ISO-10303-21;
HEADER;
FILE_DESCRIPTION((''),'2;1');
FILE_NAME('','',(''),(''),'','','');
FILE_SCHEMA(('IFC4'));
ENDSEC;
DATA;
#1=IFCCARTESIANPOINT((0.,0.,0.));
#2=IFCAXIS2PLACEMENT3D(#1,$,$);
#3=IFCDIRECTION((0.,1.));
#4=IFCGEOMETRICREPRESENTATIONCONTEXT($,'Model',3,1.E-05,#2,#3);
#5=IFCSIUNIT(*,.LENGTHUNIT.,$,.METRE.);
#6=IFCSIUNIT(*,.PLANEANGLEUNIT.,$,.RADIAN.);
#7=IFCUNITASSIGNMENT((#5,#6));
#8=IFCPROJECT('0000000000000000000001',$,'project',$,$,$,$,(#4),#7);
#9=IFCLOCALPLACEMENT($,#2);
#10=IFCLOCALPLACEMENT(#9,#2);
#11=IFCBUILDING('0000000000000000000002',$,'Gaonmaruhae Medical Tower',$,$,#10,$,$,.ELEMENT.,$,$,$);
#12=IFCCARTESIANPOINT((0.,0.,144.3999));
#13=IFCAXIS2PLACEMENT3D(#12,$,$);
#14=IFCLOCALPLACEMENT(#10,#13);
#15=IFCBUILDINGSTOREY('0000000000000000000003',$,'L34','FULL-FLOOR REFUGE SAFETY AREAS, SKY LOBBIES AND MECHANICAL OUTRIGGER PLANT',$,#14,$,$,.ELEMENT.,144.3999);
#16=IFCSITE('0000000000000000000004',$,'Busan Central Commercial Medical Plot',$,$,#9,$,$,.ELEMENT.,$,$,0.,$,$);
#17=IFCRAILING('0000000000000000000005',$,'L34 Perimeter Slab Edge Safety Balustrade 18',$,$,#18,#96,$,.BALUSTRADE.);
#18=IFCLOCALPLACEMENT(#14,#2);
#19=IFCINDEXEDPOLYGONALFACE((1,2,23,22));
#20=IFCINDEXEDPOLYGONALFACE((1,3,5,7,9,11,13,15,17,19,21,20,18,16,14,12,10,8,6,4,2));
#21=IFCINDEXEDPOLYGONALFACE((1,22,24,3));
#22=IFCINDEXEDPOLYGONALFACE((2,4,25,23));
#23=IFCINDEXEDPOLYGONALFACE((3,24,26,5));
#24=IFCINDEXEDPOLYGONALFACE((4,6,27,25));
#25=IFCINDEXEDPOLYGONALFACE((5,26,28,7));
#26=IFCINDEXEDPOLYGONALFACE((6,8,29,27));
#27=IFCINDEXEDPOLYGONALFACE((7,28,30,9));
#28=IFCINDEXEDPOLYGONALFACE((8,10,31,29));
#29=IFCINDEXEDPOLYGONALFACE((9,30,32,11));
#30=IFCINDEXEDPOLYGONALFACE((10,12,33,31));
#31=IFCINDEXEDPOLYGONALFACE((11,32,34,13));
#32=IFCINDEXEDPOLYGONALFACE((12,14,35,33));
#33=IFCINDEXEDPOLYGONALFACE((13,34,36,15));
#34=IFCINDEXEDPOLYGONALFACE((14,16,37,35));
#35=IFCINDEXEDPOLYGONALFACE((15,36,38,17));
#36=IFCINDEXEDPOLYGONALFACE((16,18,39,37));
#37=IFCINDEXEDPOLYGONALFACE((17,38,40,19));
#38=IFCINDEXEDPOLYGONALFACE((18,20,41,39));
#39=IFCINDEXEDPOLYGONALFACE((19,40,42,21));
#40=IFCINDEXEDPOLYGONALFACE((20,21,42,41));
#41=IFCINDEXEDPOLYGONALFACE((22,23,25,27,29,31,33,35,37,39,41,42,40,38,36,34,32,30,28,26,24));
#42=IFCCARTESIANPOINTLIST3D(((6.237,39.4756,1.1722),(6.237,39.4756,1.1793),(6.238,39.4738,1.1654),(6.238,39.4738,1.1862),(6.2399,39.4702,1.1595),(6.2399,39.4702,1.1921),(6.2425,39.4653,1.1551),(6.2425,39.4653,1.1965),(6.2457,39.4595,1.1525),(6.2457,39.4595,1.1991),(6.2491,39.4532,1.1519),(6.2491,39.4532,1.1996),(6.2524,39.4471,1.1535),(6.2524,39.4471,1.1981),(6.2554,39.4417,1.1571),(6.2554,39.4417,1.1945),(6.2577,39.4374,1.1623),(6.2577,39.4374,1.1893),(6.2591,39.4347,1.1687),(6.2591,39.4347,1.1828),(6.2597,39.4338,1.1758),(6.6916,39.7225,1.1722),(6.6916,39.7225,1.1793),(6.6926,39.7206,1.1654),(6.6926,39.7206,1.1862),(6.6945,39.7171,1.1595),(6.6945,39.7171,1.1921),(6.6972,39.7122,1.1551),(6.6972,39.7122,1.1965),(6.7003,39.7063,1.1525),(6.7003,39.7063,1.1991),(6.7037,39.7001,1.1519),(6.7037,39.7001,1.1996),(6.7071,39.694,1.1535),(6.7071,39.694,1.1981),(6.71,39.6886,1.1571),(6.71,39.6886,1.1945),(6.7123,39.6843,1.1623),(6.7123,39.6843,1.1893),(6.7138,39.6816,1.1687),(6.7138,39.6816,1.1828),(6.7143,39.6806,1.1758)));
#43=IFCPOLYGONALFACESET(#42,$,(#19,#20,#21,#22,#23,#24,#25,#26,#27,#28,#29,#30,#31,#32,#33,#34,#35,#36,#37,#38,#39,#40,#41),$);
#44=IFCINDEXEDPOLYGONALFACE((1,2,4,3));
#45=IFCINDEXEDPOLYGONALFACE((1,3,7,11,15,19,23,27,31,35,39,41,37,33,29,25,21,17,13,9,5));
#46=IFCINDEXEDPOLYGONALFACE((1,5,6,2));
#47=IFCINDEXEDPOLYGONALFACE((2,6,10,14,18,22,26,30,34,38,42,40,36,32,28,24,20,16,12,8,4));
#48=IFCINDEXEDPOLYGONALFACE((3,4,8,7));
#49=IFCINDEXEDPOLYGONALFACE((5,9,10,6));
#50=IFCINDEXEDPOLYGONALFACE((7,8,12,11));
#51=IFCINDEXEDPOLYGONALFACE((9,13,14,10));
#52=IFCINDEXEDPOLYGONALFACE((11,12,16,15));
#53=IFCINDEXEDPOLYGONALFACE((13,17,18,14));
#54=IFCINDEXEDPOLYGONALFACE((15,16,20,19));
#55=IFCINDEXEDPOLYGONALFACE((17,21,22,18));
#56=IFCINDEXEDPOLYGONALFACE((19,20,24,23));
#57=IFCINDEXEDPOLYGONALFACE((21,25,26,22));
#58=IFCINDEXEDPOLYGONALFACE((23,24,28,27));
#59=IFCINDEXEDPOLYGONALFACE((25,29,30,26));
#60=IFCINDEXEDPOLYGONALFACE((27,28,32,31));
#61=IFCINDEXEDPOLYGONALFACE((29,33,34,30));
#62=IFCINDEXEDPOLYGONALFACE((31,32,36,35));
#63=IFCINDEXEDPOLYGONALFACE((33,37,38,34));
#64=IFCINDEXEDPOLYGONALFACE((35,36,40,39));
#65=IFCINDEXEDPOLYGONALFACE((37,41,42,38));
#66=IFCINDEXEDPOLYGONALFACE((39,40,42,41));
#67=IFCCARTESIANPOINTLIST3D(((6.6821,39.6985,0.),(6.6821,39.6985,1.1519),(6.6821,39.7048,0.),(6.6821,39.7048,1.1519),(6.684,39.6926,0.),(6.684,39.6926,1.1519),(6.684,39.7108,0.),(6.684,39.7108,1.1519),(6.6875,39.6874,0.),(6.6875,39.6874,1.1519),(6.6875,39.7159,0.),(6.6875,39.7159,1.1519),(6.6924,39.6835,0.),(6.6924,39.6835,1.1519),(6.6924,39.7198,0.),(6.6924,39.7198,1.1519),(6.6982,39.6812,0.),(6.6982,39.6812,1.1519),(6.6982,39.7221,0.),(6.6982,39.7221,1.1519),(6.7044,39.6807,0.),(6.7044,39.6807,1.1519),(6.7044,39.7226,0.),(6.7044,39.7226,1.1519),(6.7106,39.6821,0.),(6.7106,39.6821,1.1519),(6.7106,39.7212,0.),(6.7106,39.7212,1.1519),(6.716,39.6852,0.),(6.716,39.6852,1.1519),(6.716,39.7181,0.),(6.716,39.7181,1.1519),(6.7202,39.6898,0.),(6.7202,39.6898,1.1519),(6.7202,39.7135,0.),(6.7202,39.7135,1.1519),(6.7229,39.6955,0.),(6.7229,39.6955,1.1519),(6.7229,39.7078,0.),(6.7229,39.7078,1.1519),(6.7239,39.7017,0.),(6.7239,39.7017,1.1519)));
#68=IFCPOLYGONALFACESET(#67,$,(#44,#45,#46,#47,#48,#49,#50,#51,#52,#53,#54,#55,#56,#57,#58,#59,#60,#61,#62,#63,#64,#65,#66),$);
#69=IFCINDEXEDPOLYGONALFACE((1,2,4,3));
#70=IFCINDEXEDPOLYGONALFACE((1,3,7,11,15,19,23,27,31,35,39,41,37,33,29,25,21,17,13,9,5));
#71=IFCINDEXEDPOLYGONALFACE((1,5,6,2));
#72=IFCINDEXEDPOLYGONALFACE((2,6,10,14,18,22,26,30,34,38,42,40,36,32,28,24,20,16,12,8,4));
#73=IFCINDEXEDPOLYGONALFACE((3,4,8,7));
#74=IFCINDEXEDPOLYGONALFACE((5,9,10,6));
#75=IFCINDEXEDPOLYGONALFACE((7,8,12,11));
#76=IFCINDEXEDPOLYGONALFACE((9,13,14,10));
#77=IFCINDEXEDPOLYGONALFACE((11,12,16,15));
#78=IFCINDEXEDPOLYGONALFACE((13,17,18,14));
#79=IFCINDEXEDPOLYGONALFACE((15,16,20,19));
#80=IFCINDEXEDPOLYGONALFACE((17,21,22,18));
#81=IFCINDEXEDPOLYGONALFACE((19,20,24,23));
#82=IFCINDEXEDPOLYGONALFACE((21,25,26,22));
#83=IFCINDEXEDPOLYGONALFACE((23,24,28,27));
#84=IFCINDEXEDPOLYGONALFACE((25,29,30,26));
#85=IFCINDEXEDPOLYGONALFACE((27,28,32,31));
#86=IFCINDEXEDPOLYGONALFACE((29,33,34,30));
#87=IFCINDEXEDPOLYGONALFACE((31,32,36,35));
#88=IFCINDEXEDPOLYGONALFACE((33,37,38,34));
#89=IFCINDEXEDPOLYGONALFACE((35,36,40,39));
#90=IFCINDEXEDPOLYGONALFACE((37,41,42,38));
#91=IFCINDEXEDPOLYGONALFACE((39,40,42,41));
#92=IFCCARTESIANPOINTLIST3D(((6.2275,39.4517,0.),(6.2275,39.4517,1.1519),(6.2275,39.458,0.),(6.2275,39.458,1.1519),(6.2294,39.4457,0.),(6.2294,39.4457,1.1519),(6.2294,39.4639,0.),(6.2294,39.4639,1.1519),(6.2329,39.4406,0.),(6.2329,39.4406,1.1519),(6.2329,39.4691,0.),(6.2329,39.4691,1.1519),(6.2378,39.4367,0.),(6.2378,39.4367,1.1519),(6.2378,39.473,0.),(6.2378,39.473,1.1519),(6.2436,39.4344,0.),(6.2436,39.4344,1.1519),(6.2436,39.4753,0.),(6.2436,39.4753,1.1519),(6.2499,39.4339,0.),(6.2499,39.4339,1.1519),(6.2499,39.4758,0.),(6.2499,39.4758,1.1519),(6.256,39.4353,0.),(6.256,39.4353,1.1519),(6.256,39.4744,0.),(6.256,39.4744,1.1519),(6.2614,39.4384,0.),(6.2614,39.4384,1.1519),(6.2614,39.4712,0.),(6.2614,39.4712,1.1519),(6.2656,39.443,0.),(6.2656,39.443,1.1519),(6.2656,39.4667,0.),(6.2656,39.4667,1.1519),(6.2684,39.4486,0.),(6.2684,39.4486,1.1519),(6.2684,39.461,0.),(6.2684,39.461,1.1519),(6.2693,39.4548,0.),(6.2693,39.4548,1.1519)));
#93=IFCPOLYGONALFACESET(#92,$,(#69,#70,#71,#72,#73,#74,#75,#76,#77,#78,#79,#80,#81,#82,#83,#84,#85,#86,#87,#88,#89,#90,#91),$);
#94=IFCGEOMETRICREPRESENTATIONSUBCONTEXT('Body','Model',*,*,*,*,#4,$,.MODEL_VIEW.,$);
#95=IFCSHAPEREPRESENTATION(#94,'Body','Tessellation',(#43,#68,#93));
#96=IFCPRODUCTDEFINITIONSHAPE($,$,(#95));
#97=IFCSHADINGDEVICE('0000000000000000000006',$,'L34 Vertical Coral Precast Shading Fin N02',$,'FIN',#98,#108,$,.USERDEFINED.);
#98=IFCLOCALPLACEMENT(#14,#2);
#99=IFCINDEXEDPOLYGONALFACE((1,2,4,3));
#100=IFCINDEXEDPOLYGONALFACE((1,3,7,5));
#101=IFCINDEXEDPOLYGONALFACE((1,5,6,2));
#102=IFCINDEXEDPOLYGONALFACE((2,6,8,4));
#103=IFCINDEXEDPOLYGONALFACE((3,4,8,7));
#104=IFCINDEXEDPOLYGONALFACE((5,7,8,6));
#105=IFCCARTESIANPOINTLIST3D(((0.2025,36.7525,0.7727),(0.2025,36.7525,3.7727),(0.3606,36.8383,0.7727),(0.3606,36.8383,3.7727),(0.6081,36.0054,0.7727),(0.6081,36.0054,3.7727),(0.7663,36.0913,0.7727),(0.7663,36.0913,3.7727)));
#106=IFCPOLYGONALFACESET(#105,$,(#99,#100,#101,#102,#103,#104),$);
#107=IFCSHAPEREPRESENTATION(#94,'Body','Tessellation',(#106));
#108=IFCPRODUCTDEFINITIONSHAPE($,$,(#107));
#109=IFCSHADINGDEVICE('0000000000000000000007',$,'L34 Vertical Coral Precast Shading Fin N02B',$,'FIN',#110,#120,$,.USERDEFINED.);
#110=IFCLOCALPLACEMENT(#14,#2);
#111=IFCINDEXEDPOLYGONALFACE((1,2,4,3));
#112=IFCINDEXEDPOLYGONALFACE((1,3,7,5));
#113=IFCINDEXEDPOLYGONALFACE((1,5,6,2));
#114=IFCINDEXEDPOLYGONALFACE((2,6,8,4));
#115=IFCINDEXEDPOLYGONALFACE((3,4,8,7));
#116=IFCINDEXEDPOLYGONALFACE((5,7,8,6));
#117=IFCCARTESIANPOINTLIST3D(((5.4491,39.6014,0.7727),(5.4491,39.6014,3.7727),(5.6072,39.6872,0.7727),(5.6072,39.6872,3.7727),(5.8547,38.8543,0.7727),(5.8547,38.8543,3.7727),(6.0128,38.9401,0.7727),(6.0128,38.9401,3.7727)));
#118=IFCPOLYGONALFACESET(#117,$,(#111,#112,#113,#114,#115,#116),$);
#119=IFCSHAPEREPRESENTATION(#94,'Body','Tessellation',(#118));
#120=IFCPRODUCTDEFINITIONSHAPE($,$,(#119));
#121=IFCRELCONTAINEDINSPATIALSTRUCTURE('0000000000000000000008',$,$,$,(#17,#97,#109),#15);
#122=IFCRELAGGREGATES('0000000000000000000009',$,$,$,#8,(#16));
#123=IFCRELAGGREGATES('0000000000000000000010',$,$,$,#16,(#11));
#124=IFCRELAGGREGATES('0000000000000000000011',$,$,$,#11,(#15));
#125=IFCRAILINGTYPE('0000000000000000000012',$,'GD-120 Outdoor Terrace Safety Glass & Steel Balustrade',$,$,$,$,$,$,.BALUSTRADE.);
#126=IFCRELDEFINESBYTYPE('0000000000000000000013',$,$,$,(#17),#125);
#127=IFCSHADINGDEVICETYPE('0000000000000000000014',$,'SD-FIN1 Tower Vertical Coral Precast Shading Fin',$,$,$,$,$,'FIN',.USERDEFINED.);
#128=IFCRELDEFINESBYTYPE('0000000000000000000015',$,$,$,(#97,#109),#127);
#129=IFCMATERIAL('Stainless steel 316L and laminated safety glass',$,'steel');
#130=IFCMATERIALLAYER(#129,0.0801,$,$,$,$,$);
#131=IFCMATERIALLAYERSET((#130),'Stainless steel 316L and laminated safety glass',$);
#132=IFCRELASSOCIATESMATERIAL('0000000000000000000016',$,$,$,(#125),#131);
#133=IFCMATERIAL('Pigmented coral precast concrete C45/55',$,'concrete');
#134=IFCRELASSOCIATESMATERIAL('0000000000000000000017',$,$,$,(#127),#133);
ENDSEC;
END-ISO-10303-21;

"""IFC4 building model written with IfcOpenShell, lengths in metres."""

from ifc_helpers import new_model, si_unit, direction, frame, origin, origin_2d, place, context, subcontext, project, spatial, rectangle, circle, extrude, material, layer, layer_set, type_object, element, save


model = new_model("IFC4")

# Units and contexts
model_context = context("Model", 3, precision=1e-05, world=origin(), true_north=direction((0.0, 1.0)))
body_context = subcontext(model_context, "Body", "Model", "MODEL_VIEW")
ifc_project = project(units=[si_unit("LENGTHUNIT", "METRE"), si_unit("PLANEANGLEUNIT", "RADIAN")], contexts=[model_context])

# Site, building, storey
site_placement = place(None, origin())
site = spatial("IfcSite", under=ifc_project, at=site_placement, Name="Busan Central Commercial Medical Plot", CompositionType="ELEMENT", RefElevation=0.0)
building_placement = place(site_placement, origin())
building = spatial("IfcBuilding", under=site, at=building_placement, Name="Gaonmaruhae Medical Tower", CompositionType="ELEMENT")
storey_placement = place(building_placement, frame((0.0, 0.0, 144.3999)))
storey = spatial("IfcBuildingStorey", under=building, at=storey_placement, Name="L34", Description="FULL-FLOOR REFUGE SAFETY AREAS, SKY LOBBIES AND MECHANICAL OUTRIGGER PLANT", CompositionType="ELEMENT", Elevation=144.3999)

# Railing
ifc_material_1 = material(Name="Stainless steel 316L and laminated safety glass", Category="steel")
ifc_layer_1 = layer(ifc_material_1, 0.0801)
ifc_layer_set_1 = layer_set([ifc_layer_1], Name="Stainless steel 316L and laminated safety glass")
railing_type = type_object("IfcRailingType", Name="GD-120 Outdoor Terrace Safety Glass & Steel Balustrade", PredefinedType="BALUSTRADE", material=ifc_layer_set_1)
railing_1_placement = place(storey_placement, frame((6.7029, 39.7017, 0.0)))
element("IfcRailing", 1, at=railing_1_placement, inside=storey, type_object=railing_type, Name="L34 Perimeter Slab Edge Safety Balustrade 18", PredefinedType="BALUSTRADE", context=body_context, shape_type="SweptSolid", body=[
    extrude(circle(Radius=0.0239, at=origin_2d()), frame((0.0, 0.0, 1.1758), z_axis=(-0.878814, -0.477165, 0.0), x_axis=(0.477165, -0.878814, 0.0)), (0.0, 0.0, 1.0), 0.5173),
    extrude(circle(Radius=0.021, at=origin_2d()), origin(), (0.0, 0.0, 1.0), 1.1519),
    extrude(circle(Radius=0.021, at=origin_2d()), frame((-0.4546, -0.2468, 0.0)), (0.0, 0.0, 1.0), 1.1519),
])

# Shading devices
ifc_material_2 = material(Name="Pigmented coral precast concrete C45/55", Category="concrete")
shading_device_type = type_object("IfcShadingDeviceType", Name="SD-FIN1 Tower Vertical Coral Precast Shading Fin", ElementType="FIN", PredefinedType="USERDEFINED", material=ifc_material_2)
for number, where, z_axis, x_axis, name in (
    (2, (0.4844, 36.4219, 0.7727), (0.0, 0.0, 1.0), (0.878809, 0.477174, 0.0), "L34 Vertical Coral Precast Shading Fin N02"),
    (3, (5.731, 39.2708, 0.7727), (0.0, 0.0, 1.0), (0.878809, 0.477174, 0.0), "L34 Vertical Coral Precast Shading Fin N02B"),
):
    element("IfcShadingDevice", number, at=place(storey_placement, frame(where, z_axis=z_axis, x_axis=x_axis)), inside=storey, type_object=shading_device_type, Name=name, ObjectType="FIN", PredefinedType="USERDEFINED", context=body_context, shape_type="SweptSolid", body=[
        extrude(rectangle(XDim=0.1799, YDim=0.8501, at=origin_2d()), origin(), (0.0, 0.0, 1.0), 3.0),
    ])

save(model, "model.ifc")
